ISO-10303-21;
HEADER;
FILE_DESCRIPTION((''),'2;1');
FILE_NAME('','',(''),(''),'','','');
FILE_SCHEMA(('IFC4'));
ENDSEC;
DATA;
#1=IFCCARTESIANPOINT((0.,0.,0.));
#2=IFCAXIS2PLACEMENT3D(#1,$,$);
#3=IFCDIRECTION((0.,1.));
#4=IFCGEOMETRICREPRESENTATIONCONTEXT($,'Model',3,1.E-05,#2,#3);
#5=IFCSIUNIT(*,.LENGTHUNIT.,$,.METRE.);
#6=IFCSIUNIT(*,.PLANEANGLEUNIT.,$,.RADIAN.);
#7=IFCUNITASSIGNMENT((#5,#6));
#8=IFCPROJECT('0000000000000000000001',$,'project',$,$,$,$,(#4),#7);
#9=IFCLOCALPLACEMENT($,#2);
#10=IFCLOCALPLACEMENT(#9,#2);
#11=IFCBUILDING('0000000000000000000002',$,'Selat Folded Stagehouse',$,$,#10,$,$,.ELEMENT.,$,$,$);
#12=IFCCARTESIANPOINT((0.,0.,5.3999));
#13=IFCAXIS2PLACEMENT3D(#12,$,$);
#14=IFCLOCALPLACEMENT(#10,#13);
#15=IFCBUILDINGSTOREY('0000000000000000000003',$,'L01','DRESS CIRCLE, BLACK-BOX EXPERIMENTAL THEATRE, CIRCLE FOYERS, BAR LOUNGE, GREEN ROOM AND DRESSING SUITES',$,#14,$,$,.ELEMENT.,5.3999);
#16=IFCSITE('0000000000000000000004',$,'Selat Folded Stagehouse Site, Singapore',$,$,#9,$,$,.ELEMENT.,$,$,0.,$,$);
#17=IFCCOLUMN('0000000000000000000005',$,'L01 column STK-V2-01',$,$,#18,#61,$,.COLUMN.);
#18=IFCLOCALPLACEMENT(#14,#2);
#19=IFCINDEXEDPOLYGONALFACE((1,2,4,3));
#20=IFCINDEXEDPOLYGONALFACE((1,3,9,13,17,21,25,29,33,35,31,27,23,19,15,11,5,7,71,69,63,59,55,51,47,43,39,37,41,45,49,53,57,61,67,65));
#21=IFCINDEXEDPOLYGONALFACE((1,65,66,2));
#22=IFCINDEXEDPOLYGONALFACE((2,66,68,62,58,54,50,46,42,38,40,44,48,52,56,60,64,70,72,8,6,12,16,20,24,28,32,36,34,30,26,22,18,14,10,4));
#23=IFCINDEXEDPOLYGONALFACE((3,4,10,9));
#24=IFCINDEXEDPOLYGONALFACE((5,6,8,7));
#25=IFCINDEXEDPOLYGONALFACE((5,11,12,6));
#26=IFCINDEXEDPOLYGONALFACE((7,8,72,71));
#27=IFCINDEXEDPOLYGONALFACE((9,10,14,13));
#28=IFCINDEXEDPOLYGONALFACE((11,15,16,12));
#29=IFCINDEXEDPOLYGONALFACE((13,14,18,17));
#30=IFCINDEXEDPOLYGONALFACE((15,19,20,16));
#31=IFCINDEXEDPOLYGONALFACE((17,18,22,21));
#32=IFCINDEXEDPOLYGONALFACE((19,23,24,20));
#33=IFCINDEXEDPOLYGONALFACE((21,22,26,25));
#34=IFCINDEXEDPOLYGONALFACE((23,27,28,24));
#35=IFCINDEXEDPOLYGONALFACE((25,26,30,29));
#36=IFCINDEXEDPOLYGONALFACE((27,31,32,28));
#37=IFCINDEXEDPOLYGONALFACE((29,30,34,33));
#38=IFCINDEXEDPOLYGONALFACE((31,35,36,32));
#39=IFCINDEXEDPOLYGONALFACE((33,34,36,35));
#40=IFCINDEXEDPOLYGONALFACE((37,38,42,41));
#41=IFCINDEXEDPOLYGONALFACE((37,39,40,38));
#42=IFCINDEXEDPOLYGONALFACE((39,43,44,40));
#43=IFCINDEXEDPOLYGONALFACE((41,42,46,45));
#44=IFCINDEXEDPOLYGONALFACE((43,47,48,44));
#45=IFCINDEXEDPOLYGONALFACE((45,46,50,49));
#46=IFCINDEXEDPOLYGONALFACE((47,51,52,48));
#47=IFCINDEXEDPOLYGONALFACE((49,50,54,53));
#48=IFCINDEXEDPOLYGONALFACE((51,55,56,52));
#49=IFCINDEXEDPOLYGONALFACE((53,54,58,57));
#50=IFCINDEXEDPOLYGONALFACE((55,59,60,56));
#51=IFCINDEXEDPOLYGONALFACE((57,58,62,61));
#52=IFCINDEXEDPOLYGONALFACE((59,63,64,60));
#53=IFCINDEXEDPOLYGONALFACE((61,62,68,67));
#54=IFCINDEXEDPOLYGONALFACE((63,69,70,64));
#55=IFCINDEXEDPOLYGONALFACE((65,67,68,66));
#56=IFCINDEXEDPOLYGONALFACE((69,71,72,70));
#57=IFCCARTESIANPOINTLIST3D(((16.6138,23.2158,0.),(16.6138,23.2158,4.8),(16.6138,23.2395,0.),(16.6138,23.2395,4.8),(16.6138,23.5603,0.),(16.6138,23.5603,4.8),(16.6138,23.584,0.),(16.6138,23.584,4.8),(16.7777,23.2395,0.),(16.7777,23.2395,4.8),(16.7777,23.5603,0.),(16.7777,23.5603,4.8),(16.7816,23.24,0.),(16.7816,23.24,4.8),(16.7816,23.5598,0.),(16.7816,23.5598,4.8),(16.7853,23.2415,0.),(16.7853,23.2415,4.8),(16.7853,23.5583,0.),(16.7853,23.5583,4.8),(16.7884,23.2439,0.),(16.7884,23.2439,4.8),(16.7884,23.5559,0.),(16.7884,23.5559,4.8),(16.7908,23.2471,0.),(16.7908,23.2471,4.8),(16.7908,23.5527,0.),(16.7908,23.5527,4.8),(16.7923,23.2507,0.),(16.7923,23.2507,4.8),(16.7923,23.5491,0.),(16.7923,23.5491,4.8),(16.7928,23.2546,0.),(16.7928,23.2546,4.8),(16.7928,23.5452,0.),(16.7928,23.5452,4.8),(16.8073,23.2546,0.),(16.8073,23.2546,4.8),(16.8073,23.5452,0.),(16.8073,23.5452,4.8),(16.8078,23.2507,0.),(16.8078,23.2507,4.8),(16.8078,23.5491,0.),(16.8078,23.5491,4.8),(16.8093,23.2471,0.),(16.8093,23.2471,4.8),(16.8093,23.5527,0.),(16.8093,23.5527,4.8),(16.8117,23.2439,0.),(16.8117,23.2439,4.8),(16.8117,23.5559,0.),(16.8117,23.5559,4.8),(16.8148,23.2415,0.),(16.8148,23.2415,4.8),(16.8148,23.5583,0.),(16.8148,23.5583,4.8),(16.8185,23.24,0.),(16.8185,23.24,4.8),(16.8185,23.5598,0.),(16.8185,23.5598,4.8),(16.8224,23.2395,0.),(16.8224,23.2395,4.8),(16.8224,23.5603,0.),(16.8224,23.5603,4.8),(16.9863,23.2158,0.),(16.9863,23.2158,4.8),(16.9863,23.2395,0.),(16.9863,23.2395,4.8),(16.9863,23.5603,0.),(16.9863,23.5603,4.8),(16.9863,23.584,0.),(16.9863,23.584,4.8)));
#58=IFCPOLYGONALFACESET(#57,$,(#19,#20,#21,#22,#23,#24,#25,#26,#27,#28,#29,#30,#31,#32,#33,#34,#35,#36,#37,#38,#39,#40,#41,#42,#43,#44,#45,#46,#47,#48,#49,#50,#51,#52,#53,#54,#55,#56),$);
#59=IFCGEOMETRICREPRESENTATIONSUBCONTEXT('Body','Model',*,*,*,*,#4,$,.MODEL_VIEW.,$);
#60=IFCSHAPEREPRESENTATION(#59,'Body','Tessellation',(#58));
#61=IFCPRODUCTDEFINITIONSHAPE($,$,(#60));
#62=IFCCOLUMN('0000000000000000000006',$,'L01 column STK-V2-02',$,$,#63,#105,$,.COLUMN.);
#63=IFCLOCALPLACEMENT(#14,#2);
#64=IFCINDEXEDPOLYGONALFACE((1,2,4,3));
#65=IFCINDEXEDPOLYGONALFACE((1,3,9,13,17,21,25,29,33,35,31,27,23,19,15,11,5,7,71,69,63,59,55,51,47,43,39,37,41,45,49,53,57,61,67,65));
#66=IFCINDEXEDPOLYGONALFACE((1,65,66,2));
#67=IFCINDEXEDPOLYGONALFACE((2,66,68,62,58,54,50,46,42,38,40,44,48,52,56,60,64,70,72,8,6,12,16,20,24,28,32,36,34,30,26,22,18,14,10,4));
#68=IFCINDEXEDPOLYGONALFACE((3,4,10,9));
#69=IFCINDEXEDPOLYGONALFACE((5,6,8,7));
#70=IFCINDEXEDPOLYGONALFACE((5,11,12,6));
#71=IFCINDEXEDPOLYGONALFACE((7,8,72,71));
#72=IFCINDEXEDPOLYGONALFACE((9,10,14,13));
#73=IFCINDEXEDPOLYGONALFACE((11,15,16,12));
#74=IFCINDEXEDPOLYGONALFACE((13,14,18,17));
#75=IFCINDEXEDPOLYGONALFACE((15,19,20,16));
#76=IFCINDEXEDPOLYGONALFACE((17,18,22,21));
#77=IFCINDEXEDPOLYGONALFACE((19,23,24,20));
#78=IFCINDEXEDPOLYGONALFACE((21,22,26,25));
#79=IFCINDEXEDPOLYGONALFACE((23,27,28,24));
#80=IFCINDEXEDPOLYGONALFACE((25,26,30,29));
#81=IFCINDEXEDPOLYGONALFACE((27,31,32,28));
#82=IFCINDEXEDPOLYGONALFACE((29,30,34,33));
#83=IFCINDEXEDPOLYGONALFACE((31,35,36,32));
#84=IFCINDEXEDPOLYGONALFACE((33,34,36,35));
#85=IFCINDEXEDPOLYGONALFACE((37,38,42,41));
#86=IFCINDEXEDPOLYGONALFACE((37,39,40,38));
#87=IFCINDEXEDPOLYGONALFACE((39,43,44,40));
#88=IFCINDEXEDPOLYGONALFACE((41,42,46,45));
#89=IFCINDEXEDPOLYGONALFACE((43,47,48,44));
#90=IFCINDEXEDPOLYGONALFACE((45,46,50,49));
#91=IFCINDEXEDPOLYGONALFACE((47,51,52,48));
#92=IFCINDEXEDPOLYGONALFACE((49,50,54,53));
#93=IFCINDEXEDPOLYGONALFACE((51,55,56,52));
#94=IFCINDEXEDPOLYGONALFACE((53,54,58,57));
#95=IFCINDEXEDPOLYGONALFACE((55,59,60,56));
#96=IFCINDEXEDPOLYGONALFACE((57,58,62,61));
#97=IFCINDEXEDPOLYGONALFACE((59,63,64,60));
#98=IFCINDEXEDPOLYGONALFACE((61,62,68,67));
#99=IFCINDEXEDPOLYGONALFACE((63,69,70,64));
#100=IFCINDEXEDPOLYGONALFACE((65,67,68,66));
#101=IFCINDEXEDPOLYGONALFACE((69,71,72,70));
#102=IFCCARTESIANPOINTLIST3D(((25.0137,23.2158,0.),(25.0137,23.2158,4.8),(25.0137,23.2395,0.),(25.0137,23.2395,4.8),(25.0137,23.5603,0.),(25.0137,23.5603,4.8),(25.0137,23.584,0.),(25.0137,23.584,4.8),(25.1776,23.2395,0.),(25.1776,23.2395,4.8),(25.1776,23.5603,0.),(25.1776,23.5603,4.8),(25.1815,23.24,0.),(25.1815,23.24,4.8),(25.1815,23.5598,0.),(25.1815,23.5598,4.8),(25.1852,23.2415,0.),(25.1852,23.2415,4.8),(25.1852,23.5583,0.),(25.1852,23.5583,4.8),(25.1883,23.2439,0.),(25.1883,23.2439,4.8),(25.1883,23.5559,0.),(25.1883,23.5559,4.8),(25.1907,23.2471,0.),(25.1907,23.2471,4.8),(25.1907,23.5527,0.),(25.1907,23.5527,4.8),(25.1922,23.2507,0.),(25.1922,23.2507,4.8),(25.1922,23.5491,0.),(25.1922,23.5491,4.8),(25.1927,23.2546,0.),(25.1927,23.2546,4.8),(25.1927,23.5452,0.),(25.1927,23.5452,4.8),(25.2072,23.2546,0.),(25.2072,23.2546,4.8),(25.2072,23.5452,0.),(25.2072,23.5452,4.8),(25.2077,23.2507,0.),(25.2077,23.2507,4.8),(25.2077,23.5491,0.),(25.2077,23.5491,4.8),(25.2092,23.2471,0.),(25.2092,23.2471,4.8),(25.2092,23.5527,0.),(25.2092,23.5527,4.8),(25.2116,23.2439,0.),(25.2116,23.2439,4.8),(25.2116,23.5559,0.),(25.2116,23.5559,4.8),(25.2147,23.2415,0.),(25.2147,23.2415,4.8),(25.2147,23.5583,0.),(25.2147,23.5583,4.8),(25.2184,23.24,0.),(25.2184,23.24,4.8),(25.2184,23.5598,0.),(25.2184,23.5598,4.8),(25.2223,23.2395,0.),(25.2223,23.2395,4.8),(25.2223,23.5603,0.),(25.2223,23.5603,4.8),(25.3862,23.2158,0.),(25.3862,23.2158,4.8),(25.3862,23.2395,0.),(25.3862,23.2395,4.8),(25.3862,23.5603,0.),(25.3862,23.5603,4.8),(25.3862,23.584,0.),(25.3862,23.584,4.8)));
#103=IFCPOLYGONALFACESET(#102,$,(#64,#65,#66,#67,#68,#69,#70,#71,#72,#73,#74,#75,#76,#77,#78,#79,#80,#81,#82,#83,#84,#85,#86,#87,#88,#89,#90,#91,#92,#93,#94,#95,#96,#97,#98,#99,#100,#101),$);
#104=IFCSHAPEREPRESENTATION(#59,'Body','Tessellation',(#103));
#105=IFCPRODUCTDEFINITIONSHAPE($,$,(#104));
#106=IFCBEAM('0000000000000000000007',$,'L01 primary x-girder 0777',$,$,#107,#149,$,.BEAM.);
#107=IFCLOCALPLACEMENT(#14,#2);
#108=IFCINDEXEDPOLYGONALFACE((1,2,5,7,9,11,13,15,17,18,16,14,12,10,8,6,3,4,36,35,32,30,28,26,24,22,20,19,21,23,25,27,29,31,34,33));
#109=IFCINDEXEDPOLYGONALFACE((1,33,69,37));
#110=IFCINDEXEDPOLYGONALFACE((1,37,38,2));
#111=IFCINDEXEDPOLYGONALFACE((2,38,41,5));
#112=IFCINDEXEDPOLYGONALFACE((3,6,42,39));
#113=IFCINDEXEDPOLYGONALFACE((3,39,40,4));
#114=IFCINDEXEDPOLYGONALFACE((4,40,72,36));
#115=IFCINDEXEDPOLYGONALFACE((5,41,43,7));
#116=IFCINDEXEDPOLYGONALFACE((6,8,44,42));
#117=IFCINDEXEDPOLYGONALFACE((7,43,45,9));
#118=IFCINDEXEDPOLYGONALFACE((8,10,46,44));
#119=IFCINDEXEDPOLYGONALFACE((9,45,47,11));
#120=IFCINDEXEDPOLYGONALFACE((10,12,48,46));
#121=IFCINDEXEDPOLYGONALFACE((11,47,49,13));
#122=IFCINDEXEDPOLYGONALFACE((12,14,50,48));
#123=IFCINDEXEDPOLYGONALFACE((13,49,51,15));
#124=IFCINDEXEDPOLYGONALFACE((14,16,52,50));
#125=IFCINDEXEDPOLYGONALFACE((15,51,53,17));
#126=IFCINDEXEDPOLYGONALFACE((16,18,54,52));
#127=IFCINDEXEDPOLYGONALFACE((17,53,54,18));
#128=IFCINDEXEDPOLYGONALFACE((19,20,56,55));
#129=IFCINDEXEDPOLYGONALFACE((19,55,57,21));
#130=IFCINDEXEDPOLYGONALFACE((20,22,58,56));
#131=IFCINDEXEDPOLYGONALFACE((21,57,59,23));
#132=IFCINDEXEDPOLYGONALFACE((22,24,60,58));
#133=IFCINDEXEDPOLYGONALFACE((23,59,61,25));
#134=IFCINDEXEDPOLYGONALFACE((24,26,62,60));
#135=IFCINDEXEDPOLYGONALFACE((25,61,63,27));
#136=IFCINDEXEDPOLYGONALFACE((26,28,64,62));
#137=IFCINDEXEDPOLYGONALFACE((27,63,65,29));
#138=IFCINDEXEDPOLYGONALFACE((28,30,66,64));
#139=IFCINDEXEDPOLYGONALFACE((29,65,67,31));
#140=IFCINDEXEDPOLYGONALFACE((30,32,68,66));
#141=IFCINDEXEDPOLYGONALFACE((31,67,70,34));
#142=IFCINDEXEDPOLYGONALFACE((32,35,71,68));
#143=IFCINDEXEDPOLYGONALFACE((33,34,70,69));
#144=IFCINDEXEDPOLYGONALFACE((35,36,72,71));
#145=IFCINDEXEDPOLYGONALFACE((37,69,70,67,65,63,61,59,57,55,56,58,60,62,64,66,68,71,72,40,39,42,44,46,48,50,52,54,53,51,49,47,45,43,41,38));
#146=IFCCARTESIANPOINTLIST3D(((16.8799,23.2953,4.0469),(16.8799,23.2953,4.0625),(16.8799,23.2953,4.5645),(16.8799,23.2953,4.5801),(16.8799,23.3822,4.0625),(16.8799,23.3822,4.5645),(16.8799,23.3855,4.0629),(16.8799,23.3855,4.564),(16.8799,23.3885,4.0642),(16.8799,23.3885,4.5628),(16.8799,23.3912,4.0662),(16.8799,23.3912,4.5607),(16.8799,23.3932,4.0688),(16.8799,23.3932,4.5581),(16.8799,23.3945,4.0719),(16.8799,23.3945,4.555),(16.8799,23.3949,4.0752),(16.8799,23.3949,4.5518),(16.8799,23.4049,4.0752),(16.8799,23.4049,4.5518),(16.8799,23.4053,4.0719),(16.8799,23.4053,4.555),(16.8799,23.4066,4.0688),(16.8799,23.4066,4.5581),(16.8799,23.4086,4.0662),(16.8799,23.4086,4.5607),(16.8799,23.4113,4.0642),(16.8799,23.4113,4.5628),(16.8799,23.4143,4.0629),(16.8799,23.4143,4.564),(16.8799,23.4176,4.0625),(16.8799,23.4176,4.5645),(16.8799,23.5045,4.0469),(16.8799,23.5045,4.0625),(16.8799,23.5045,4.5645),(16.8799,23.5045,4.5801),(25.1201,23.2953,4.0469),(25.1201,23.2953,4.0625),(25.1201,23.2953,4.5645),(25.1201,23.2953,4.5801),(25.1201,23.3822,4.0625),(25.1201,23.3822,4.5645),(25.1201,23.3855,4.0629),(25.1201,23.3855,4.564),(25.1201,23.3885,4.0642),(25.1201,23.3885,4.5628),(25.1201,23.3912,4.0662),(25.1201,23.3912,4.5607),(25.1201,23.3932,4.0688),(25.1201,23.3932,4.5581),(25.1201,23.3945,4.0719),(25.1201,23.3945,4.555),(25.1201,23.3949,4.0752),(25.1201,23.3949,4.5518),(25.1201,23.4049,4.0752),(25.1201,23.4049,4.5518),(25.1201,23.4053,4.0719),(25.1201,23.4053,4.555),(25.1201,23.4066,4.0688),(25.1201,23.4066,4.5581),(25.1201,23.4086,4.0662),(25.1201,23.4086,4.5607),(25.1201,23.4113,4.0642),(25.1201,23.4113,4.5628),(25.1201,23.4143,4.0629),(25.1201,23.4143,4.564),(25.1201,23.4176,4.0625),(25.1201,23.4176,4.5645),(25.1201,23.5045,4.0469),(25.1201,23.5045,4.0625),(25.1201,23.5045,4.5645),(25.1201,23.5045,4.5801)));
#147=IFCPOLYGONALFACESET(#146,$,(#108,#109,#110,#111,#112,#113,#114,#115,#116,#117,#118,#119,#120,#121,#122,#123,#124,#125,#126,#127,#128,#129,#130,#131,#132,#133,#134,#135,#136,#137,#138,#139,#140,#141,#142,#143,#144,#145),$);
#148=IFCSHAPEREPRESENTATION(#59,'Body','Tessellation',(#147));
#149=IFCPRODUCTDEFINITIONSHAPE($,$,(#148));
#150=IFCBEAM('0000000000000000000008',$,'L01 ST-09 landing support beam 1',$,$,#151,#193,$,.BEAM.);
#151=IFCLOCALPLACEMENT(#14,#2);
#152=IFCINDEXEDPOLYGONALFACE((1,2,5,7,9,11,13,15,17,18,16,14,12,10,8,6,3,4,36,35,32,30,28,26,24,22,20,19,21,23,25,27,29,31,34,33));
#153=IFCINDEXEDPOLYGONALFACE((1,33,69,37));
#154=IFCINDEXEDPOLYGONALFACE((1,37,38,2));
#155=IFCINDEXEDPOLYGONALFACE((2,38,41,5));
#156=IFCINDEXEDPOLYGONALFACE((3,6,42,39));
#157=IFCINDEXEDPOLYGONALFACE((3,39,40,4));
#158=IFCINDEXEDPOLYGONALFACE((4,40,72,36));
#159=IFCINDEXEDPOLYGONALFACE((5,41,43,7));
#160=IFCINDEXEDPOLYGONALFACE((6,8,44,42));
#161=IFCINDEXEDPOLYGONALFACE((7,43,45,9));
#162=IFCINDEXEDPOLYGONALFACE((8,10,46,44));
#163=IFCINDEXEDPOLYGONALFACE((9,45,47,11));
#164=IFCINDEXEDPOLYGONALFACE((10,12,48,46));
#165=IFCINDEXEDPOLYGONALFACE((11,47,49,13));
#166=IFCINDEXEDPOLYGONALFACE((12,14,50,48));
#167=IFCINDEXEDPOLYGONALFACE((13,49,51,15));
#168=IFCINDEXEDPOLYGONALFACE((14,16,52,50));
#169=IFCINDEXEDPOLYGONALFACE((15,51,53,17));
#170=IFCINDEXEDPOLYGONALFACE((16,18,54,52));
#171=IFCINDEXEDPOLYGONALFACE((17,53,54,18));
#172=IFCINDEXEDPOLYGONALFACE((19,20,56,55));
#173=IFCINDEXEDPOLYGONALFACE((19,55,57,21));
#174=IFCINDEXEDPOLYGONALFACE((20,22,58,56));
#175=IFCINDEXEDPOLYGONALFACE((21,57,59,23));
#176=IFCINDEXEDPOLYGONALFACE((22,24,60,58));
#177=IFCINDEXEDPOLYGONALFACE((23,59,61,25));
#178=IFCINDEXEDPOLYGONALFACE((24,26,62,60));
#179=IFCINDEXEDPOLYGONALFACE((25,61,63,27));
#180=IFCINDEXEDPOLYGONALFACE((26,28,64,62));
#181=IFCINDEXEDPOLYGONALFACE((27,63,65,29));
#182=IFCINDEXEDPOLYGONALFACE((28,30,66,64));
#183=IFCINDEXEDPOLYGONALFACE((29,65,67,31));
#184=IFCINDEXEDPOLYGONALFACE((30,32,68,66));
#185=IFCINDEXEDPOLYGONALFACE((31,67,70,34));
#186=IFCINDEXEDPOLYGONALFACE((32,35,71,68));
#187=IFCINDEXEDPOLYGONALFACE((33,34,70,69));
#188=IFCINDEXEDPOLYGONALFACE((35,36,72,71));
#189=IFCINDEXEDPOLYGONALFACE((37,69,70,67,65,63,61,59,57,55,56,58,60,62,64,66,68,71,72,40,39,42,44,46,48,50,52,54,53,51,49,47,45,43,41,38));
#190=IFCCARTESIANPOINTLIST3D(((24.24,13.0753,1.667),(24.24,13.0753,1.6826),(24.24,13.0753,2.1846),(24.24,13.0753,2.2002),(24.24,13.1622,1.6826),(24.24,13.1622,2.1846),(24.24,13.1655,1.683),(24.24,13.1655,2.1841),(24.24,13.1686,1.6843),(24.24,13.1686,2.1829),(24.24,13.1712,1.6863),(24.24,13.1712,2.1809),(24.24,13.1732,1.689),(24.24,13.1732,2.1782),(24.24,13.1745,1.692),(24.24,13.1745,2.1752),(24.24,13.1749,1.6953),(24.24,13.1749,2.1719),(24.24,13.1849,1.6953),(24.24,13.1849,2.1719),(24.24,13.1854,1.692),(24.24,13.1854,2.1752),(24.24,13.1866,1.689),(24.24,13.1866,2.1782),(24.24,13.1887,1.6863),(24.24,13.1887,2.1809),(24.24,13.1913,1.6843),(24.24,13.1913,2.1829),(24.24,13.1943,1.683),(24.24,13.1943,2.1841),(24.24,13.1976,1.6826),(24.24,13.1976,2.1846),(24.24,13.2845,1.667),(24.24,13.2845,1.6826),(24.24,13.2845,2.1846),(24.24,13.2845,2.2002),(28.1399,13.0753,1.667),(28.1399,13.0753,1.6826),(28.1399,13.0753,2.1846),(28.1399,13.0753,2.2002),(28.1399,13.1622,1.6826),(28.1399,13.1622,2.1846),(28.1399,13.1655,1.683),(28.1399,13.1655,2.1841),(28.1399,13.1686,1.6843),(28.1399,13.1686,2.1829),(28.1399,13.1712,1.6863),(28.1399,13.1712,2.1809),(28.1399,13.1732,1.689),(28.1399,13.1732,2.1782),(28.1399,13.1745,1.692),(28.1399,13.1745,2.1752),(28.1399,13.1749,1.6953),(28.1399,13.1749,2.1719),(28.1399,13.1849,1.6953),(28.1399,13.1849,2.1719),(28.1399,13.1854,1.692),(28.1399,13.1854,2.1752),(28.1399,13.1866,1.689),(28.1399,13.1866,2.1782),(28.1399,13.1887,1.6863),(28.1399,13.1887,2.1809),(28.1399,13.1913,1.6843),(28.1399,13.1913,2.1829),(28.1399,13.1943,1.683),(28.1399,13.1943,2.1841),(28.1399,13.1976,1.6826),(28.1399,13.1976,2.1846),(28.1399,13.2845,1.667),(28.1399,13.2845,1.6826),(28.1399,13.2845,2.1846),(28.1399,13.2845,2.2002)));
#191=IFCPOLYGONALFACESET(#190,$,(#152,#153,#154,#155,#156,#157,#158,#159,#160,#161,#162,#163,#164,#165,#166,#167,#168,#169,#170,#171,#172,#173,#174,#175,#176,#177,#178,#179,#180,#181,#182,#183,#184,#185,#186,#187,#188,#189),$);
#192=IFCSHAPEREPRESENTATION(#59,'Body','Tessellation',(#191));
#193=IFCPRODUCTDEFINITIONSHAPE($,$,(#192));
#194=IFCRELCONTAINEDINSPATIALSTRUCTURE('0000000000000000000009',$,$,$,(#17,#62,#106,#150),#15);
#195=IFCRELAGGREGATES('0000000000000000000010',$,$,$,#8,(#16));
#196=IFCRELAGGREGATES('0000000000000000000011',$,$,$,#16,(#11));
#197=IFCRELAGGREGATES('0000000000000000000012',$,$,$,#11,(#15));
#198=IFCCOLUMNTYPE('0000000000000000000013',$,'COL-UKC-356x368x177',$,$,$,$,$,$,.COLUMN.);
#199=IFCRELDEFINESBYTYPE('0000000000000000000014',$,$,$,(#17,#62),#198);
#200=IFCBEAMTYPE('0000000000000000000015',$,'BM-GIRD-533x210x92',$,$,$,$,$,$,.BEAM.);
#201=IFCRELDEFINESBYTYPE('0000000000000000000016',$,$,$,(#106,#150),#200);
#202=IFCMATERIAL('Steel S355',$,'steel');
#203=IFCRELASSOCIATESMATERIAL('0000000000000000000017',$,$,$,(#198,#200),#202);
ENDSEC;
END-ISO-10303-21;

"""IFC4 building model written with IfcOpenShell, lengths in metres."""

from ifc_helpers import new_model, si_unit, direction, frame, origin, origin_2d, place, context, subcontext, project, spatial, i_section, extrude, material, material_profile, profile_set, type_object, element, save


model = new_model("IFC4")

# Units and contexts
model_context = context("Model", 3, precision=1e-05, world=origin(), true_north=direction((0.0, 1.0)))
body_context = subcontext(model_context, "Body", "Model", "MODEL_VIEW")
ifc_project = project(units=[si_unit("LENGTHUNIT", "METRE"), si_unit("PLANEANGLEUNIT", "RADIAN")], contexts=[model_context])

# Site, building, storey
site_placement = place(None, origin())
site = spatial("IfcSite", under=ifc_project, at=site_placement, Name="Selat Folded Stagehouse Site, Singapore", CompositionType="ELEMENT", RefElevation=0.0)
building_placement = place(site_placement, origin())
building = spatial("IfcBuilding", under=site, at=building_placement, Name="Selat Folded Stagehouse", CompositionType="ELEMENT")
storey_placement = place(building_placement, frame((0.0, 0.0, 5.3999)))
storey = spatial("IfcBuildingStorey", under=building, at=storey_placement, Name="L01", Description="DRESS CIRCLE, BLACK-BOX EXPERIMENTAL THEATRE, CIRCLE FOYERS, BAR LOUNGE, GREEN ROOM AND DRESSING SUITES", CompositionType="ELEMENT", Elevation=5.3999)

# Columns
ifc_material_1 = material(Name="Steel S355", Category="steel")
ifc_material_profile_1 = material_profile(ifc_material_1, i_section(OverallWidth=0.3726, OverallDepth=0.3682, WebThickness=0.0144, FlangeThickness=0.0237, FilletRadius=0.0151, at=origin_2d()), Name="UKC 356x368x177")
ifc_profile_set_1 = profile_set([ifc_material_profile_1], Name="Steel S355")
column_type = type_object("IfcColumnType", Name="COL-UKC-356x368x177", PredefinedType="COLUMN", material=ifc_profile_set_1)
for number, where, z_axis, x_axis, name in (
    (1, (16.8, 23.3999, 0.0), (0.0, 0.0, 1.0), (1.0, 0.0, 0.0), "L01 column STK-V2-01"),
    (2, (25.2, 23.3999, 0.0), (0.0, 0.0, 1.0), (1.0, 0.0, 0.0), "L01 column STK-V2-02"),
):
    element("IfcColumn", number, at=place(storey_placement, frame(where, z_axis=z_axis, x_axis=x_axis)), inside=storey, type_object=column_type, Name=name, PredefinedType="COLUMN", context=body_context, shape_type="SweptSolid", body=[
        extrude(i_section(OverallWidth=0.3726, OverallDepth=0.3682, WebThickness=0.0144, FlangeThickness=0.0237, FilletRadius=0.0151, at=origin_2d()), origin(), (0.0, 0.0, 1.0), 4.8),
    ])

# Beams
ifc_material_profile_2 = material_profile(ifc_material_1, i_section(OverallWidth=0.2092, OverallDepth=0.5332, WebThickness=0.01, FlangeThickness=0.0156, FilletRadius=0.0127, at=origin_2d()), Name="UKB 533x210x92")
ifc_profile_set_2 = profile_set([ifc_material_profile_2], Name="Steel S355")
beam_type = type_object("IfcBeamType", Name="BM-GIRD-533x210x92", PredefinedType="BEAM", material=ifc_profile_set_2)
beam_placement = place(storey_placement, frame((16.8799, 23.3999, 4.3135), z_axis=(1.0, 0.0, 0.0), x_axis=(0.0, 1.0, 0.0)))
element("IfcBeam", 3, at=beam_placement, inside=storey, type_object=beam_type, Name="L01 primary x-girder 0777", PredefinedType="BEAM", context=body_context, shape_type="SweptSolid", body=[
    extrude(i_section(OverallWidth=0.2092, OverallDepth=0.5332, WebThickness=0.01, FlangeThickness=0.0156, FilletRadius=0.0127, at=origin_2d()), origin(), (0.0, 0.0, 1.0), 8.2402),
])
for number, where, z_axis, x_axis, name in (
    (4, (24.24, 13.1799, 1.9336), (1.0, 0.0, 0.0), (0.0, 1.0, 0.0), "L01 ST-09 landing support beam 1"),
):
    element("IfcBeam", number, at=place(storey_placement, frame(where, z_axis=z_axis, x_axis=x_axis)), inside=storey, type_object=beam_type, Name=name, PredefinedType="BEAM", context=body_context, shape_type="SweptSolid", body=[
        extrude(i_section(OverallWidth=0.2092, OverallDepth=0.5332, WebThickness=0.01, FlangeThickness=0.0156, FilletRadius=0.0127, at=origin_2d()), origin(), (0.0, 0.0, 1.0), 3.8999),
    ])

save(model, "model.ifc")
